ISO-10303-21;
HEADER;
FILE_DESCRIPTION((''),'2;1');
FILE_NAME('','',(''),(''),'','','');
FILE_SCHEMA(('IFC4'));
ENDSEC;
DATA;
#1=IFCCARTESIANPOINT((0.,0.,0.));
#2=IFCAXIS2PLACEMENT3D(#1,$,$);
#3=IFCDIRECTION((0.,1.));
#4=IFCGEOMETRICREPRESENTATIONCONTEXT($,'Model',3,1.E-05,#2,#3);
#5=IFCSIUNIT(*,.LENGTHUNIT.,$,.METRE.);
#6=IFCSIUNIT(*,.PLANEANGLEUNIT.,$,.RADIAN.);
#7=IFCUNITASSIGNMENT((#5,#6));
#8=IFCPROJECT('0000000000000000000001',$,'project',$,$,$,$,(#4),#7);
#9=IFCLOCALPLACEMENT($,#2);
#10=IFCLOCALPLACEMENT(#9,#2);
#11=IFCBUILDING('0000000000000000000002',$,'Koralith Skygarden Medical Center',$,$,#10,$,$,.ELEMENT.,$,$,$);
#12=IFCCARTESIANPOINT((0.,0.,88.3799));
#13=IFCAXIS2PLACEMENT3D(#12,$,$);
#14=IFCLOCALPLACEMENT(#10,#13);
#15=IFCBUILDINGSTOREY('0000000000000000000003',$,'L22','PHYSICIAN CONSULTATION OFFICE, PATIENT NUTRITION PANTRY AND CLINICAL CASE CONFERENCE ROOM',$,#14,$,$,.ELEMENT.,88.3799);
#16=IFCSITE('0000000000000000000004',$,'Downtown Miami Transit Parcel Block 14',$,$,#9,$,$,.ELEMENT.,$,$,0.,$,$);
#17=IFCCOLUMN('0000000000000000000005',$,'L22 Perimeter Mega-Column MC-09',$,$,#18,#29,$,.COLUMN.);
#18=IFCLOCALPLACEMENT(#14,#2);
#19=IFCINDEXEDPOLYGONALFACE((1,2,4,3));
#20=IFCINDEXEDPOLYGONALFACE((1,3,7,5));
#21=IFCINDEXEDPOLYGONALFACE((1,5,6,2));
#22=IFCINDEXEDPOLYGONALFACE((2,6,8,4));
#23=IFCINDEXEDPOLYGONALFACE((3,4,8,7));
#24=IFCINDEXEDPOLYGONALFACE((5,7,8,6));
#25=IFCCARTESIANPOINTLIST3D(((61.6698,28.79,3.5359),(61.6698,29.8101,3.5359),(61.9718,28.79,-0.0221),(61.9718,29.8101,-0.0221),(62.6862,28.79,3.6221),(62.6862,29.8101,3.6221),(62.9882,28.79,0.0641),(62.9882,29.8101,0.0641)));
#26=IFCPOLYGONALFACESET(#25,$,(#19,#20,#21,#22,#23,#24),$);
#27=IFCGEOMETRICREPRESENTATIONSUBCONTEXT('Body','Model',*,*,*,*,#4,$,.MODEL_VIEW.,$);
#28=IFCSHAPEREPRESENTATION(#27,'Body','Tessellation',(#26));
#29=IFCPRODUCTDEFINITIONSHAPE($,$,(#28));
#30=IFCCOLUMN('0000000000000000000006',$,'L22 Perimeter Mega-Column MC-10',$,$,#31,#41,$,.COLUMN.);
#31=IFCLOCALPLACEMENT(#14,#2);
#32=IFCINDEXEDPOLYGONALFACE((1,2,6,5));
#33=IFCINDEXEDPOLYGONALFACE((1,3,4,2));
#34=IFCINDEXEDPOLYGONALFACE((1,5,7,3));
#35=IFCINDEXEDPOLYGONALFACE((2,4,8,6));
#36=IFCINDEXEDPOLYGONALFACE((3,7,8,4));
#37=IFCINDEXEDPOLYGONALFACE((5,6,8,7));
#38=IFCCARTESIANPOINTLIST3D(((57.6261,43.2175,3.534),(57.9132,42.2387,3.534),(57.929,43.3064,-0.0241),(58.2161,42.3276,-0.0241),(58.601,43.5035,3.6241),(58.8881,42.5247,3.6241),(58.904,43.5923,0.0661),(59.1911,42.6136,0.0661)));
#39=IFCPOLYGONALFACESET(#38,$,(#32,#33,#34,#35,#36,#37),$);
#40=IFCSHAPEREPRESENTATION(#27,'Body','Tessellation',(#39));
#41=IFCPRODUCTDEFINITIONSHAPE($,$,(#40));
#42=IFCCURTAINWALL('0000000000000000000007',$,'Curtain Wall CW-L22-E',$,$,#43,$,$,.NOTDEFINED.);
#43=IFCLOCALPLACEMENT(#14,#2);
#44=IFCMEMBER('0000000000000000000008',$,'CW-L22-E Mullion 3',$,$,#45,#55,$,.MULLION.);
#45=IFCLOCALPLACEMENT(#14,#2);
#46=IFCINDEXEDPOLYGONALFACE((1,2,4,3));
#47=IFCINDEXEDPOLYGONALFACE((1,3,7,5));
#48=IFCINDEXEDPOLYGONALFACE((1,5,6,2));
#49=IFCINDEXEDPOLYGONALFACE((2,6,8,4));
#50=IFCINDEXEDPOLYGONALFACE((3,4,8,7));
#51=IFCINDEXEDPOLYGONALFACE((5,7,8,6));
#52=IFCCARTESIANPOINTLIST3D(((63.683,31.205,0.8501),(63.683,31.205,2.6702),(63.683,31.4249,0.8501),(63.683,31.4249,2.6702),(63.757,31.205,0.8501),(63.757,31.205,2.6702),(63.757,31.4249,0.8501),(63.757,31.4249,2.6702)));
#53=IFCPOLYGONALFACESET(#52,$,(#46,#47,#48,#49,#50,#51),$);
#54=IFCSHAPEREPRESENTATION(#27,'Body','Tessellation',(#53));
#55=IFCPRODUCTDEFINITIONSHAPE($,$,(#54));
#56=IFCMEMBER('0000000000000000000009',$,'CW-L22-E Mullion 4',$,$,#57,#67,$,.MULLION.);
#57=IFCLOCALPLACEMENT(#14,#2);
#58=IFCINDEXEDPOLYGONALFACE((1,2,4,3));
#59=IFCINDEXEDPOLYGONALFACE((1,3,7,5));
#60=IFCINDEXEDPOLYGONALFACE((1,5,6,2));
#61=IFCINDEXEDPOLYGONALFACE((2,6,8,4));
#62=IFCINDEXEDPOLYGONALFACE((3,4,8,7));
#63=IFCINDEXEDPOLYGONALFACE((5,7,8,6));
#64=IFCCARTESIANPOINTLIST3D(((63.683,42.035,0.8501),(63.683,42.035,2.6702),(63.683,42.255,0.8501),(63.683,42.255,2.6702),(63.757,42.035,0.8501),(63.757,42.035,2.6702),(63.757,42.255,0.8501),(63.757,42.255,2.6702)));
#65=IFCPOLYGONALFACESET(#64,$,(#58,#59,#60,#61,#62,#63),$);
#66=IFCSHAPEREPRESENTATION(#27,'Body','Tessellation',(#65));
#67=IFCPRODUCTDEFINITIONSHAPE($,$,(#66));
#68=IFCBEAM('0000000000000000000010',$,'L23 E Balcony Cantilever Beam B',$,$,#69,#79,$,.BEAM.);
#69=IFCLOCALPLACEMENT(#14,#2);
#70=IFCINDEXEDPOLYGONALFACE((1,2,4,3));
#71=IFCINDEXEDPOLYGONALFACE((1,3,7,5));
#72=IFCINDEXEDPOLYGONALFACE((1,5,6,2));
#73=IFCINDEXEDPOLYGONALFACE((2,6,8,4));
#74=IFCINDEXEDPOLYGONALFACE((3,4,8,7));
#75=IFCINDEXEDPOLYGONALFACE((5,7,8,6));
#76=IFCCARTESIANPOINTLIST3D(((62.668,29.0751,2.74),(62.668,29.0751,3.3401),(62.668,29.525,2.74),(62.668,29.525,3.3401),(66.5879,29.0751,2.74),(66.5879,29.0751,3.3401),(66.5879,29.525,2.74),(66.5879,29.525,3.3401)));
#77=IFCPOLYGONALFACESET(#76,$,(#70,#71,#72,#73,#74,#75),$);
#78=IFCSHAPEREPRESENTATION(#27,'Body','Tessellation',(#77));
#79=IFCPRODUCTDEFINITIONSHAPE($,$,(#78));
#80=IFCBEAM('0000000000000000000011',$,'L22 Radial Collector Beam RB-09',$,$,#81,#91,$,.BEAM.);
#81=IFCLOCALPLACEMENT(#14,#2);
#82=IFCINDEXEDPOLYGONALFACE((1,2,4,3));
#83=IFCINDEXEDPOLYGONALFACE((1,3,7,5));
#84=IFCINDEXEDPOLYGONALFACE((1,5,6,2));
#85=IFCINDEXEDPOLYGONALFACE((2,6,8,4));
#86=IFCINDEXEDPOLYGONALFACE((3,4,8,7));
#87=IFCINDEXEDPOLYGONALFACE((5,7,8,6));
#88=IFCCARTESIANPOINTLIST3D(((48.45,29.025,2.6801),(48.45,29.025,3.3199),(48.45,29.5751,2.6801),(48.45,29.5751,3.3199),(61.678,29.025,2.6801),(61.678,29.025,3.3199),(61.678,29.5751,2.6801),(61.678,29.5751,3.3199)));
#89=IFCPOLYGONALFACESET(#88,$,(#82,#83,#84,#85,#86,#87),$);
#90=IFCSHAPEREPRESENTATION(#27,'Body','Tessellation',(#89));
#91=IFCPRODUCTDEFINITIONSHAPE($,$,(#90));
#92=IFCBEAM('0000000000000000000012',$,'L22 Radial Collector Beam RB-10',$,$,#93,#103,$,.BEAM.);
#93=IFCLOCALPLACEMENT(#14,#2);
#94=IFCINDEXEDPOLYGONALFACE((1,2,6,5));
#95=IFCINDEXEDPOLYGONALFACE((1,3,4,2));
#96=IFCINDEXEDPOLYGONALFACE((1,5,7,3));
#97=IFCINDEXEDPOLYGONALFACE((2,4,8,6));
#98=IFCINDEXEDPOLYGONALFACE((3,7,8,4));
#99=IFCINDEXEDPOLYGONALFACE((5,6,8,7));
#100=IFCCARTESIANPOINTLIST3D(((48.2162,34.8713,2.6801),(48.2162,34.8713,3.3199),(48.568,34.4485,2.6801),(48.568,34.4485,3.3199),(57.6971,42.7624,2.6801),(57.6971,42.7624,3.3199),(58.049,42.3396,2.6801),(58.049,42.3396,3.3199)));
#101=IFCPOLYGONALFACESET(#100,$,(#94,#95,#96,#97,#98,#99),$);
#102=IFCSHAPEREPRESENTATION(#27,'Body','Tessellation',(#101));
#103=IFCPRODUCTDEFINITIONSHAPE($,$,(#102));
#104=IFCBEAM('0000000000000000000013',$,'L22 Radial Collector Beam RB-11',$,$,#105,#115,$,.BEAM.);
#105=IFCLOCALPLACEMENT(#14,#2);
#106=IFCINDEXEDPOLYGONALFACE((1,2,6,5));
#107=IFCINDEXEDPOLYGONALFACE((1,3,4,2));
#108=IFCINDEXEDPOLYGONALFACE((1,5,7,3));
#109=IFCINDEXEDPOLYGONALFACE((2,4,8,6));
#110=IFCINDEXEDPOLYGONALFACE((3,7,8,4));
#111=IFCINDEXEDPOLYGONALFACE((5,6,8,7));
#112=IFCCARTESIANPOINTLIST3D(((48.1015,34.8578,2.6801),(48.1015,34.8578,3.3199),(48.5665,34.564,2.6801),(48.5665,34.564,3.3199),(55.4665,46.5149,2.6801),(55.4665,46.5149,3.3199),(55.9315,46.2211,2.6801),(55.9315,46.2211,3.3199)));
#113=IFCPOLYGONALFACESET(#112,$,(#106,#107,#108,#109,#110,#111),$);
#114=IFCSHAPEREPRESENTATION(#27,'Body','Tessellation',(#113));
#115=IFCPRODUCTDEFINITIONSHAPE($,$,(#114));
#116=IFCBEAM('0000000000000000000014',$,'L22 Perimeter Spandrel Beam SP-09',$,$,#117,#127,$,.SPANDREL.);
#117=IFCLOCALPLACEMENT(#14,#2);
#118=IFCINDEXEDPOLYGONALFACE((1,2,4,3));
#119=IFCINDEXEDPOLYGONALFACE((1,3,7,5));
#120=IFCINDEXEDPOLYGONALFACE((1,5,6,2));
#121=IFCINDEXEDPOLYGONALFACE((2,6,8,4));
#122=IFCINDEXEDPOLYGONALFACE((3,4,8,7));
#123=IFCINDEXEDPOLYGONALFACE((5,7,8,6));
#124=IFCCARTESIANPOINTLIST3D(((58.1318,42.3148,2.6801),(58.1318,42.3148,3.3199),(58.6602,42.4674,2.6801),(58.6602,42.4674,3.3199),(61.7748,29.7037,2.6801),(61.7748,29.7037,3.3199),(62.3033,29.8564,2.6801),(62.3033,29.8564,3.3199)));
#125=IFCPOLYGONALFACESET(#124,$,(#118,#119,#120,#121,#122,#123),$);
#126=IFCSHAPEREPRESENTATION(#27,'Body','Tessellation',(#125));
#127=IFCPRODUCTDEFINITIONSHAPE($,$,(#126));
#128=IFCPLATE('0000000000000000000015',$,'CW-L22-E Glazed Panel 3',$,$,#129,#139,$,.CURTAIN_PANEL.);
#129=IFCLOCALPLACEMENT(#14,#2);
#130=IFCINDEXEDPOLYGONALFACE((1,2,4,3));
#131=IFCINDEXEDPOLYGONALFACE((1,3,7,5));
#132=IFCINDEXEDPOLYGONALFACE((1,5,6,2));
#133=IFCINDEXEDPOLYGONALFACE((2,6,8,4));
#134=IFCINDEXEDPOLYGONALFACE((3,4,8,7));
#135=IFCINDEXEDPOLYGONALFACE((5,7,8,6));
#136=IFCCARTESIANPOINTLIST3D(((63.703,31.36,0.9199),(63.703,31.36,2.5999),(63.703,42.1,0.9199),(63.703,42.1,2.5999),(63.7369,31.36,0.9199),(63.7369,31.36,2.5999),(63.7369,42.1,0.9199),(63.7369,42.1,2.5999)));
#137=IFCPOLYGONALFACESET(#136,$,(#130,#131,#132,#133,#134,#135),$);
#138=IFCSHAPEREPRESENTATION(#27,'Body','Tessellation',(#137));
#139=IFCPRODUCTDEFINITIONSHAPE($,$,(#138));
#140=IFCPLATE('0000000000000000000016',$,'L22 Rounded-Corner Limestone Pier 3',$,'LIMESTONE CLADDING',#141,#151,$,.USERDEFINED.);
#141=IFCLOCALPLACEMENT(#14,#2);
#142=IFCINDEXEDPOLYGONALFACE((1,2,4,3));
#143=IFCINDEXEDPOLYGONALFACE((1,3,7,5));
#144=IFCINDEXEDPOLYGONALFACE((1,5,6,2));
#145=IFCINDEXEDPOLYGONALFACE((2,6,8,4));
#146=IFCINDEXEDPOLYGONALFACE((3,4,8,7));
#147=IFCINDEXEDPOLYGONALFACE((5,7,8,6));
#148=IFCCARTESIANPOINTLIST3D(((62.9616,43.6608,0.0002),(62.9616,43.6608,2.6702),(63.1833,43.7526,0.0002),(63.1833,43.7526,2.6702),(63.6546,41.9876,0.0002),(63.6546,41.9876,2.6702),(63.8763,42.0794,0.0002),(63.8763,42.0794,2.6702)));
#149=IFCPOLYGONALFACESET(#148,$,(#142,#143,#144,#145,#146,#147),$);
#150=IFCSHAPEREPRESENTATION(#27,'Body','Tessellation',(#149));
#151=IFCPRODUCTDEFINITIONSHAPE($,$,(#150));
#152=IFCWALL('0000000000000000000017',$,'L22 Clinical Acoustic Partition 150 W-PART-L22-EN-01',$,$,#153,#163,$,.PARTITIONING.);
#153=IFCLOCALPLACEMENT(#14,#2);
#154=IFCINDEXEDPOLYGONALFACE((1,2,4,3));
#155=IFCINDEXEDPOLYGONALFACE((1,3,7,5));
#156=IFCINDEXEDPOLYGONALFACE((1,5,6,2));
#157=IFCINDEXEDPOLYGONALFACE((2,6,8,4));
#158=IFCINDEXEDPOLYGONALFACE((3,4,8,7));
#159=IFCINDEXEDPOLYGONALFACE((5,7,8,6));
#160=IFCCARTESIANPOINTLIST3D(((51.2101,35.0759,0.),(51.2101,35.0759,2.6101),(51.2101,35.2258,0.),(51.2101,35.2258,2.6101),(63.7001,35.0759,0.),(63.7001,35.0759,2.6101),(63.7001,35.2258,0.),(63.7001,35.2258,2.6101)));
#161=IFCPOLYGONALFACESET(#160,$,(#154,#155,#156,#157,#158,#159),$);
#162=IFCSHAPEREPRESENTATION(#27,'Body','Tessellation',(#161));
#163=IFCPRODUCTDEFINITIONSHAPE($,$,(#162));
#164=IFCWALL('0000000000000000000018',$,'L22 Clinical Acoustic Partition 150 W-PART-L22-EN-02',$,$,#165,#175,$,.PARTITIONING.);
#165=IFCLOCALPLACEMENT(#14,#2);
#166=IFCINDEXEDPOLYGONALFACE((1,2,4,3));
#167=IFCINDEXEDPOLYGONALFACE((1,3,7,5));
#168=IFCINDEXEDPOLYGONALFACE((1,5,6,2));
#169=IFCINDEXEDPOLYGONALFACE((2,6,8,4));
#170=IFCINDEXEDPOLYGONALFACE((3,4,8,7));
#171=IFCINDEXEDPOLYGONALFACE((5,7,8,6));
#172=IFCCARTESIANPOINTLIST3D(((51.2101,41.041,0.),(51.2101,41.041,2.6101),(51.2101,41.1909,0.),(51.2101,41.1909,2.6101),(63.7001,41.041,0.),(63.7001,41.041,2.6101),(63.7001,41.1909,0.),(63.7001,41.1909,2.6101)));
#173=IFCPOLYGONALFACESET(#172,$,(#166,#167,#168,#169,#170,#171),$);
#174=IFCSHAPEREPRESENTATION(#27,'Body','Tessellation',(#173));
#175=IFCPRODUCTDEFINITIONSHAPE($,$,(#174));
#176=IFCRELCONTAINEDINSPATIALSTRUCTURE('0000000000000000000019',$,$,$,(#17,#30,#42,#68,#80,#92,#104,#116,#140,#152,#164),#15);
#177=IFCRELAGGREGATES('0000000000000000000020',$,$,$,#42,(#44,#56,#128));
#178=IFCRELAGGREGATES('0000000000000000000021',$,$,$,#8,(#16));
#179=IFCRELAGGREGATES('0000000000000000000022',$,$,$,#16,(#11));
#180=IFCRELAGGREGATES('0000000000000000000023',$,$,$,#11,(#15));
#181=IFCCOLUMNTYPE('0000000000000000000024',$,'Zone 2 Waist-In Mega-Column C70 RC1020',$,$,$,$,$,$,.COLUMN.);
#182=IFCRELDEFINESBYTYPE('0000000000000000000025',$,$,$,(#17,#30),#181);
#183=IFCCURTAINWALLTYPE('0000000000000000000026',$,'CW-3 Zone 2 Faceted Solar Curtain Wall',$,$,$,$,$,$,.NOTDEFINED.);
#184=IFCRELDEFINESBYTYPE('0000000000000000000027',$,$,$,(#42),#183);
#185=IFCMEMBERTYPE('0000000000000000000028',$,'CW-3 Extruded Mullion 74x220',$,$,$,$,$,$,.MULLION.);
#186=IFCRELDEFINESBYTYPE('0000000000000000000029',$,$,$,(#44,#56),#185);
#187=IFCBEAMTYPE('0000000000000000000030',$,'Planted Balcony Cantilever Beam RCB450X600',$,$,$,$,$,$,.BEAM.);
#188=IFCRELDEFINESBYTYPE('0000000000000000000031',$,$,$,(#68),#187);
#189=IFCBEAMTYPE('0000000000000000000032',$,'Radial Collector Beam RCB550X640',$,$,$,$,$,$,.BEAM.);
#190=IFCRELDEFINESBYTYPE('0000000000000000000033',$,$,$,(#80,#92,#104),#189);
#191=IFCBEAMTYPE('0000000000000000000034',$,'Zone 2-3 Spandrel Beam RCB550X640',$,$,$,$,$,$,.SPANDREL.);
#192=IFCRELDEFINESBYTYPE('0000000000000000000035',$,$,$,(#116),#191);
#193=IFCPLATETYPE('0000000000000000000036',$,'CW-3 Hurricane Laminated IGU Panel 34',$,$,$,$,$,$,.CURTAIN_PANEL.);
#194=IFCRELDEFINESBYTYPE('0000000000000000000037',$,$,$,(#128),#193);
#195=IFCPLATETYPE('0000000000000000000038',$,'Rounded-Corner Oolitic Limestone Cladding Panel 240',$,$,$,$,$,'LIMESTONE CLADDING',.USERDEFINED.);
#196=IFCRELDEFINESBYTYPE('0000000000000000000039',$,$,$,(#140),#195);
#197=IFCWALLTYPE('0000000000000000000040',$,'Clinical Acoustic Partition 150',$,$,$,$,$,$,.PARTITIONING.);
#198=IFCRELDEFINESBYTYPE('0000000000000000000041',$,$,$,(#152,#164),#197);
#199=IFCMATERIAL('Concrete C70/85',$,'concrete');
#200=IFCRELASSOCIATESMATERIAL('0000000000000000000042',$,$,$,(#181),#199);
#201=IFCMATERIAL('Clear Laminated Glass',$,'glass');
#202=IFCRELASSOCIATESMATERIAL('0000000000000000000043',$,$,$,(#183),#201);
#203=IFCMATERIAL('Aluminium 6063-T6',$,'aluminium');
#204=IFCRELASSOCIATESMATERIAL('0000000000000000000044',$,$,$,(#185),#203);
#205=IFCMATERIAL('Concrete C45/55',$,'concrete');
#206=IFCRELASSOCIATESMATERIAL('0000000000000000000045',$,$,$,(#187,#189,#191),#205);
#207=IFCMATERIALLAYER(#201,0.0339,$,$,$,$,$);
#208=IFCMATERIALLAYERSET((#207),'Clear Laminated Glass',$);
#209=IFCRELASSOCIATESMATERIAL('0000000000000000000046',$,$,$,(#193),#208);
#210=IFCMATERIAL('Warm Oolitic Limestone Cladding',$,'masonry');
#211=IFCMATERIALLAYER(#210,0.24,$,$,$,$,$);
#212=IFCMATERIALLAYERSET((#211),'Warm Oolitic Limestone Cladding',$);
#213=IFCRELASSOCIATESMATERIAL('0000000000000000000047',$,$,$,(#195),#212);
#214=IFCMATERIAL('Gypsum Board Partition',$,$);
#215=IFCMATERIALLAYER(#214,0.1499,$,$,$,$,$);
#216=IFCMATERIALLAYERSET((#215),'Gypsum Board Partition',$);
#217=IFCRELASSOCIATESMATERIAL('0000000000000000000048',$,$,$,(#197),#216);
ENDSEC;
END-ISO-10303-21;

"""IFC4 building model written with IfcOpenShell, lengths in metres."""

from ifc_helpers import new_model, si_unit, direction, frame, frame_2d, origin, origin_2d, place, context, subcontext, project, spatial, rectangle, extrude, material, layer, layer_set, material_profile, profile_set, type_object, element, aggregate, save


model = new_model("IFC4")

# Units and contexts
model_context = context("Model", 3, precision=1e-05, world=origin(), true_north=direction((0.0, 1.0)))
body_context = subcontext(model_context, "Body", "Model", "MODEL_VIEW")
ifc_project = project(units=[si_unit("LENGTHUNIT", "METRE"), si_unit("PLANEANGLEUNIT", "RADIAN")], contexts=[model_context])

# Site, building, storey
site_placement = place(None, origin())
site = spatial("IfcSite", under=ifc_project, at=site_placement, Name="Downtown Miami Transit Parcel Block 14", CompositionType="ELEMENT", RefElevation=0.0)
building_placement = place(site_placement, origin())
building = spatial("IfcBuilding", under=site, at=building_placement, Name="Koralith Skygarden Medical Center", CompositionType="ELEMENT")
storey_placement = place(building_placement, frame((0.0, 0.0, 88.3799)))
storey = spatial("IfcBuildingStorey", under=building, at=storey_placement, Name="L22", Description="PHYSICIAN CONSULTATION OFFICE, PATIENT NUTRITION PANTRY AND CLINICAL CASE CONFERENCE ROOM", CompositionType="ELEMENT", Elevation=88.3799)

# Columns
ifc_material_1 = material(Name="Concrete C70/85", Category="concrete")
ifc_material_profile_1 = material_profile(ifc_material_1, rectangle(XDim=1.02, YDim=1.02, at=origin_2d()), Name="RC1020X1020")
ifc_profile_set_1 = profile_set([ifc_material_profile_1], Name="Concrete C70/85")
column_type = type_object("IfcColumnType", Name="Zone 2 Waist-In Mega-Column C70 RC1020", PredefinedType="COLUMN", material=ifc_profile_set_1)
column_1_placement = place(storey_placement, frame((62.48, 29.3, 0.021), z_axis=(-0.084573, 0.0, 0.996417), x_axis=(0.0, -1.0, 0.0)))
element("IfcColumn", 1, at=column_1_placement, inside=storey, type_object=column_type, Name="L22 Perimeter Mega-Column MC-09", PredefinedType="COLUMN", context=body_context, shape_type="SweptSolid", body=[
    extrude(rectangle(XDim=1.02, YDim=1.02, at=origin_2d()), origin(), (0.0, 0.0, 1.0), 3.5708),
])
column_2_placement = place(storey_placement, frame((58.5601, 42.96, 0.021), z_axis=(-0.084818, -0.024878, 0.996086), x_axis=(0.281455, -0.959575, 0.0)))
element("IfcColumn", 2, at=column_2_placement, inside=storey, type_object=column_type, Name="L22 Perimeter Mega-Column MC-10", PredefinedType="COLUMN", context=body_context, shape_type="SweptSolid", body=[
    extrude(rectangle(XDim=1.02, YDim=1.02, at=origin_2d()), origin(), (0.0, 0.0, 1.0), 3.572),
])

# Curtain wall, members
ifc_material_2 = material(Name="Clear Laminated Glass", Category="glass")
curtain_wall_type = type_object("IfcCurtainWallType", Name="CW-3 Zone 2 Faceted Solar Curtain Wall", PredefinedType="NOTDEFINED", material=ifc_material_2)
curtain_wall_placement = place(storey_placement, origin())
curtain_wall = element("IfcCurtainWall", 3, at=curtain_wall_placement, inside=storey, type_object=curtain_wall_type, Name="Curtain Wall CW-L22-E", PredefinedType="NOTDEFINED")
ifc_material_3 = material(Name="Aluminium 6063-T6", Category="aluminium")
ifc_material_profile_2 = material_profile(ifc_material_3, rectangle(XDim=0.074, YDim=0.22, at=origin_2d()), Name="MUL74X220")
ifc_profile_set_2 = profile_set([ifc_material_profile_2], Name="Aluminium 6063-T6")
member_type = type_object("IfcMemberType", Name="CW-3 Extruded Mullion 74x220", PredefinedType="MULLION", material=ifc_profile_set_2)
member_1_placement = place(storey_placement, frame((63.72, 31.3149, 0.8501), z_axis=(0.0, 0.0, 1.0), x_axis=(1.0, 0.0, 0.0)))
member_1 = element("IfcMember", 4, at=member_1_placement, type_object=member_type, Name="CW-L22-E Mullion 3", PredefinedType="MULLION", context=body_context, shape_type="SweptSolid", body=[
    extrude(rectangle(XDim=0.074, YDim=0.22, at=origin_2d()), origin(), (0.0, 0.0, 1.0), 1.8201),
])
member_2_placement = place(storey_placement, frame((63.72, 42.145, 0.8501), z_axis=(0.0, 0.0, 1.0), x_axis=(1.0, 0.0, 0.0)))
member_2 = element("IfcMember", 5, at=member_2_placement, type_object=member_type, Name="CW-L22-E Mullion 4", PredefinedType="MULLION", context=body_context, shape_type="SweptSolid", body=[
    extrude(rectangle(XDim=0.074, YDim=0.22, at=origin_2d()), origin(), (0.0, 0.0, 1.0), 1.8201),
])

# Beams
ifc_material_4 = material(Name="Concrete C45/55", Category="concrete")
ifc_material_profile_3 = material_profile(ifc_material_4, rectangle(XDim=0.45, YDim=0.6001, at=origin_2d()), Name="RCB450X600")
ifc_profile_set_3 = profile_set([ifc_material_profile_3], Name="Concrete C45/55")
beam_type_1 = type_object("IfcBeamType", Name="Planted Balcony Cantilever Beam RCB450X600", PredefinedType="BEAM", material=ifc_profile_set_3)
beam_1_placement = place(storey_placement, frame((62.668, 29.3, 3.04), z_axis=(1.0, 0.0, 0.0), x_axis=(0.0, 1.0, 0.0)))
element("IfcBeam", 6, at=beam_1_placement, inside=storey, type_object=beam_type_1, Name="L23 E Balcony Cantilever Beam B", PredefinedType="BEAM", context=body_context, shape_type="SweptSolid", body=[
    extrude(rectangle(XDim=0.45, YDim=0.6001, at=origin_2d()), origin(), (0.0, 0.0, 1.0), 3.9199),
])
ifc_material_profile_4 = material_profile(ifc_material_4, rectangle(XDim=0.55, YDim=0.6399, at=origin_2d()), Name="RCB550X640")
ifc_profile_set_4 = profile_set([ifc_material_profile_4], Name="Concrete C45/55")
beam_type_2 = type_object("IfcBeamType", Name="Radial Collector Beam RCB550X640", PredefinedType="BEAM", material=ifc_profile_set_4)
beam_2_placement = place(storey_placement, frame((48.45, 29.3, 3.0), z_axis=(1.0, 0.0, 0.0), x_axis=(0.0, 1.0, 0.0)))
element("IfcBeam", 7, at=beam_2_placement, inside=storey, type_object=beam_type_2, Name="L22 Radial Collector Beam RB-09", PredefinedType="BEAM", context=body_context, shape_type="SweptSolid", body=[
    extrude(rectangle(XDim=0.55, YDim=0.6399, at=origin_2d()), origin(), (0.0, 0.0, 1.0), 13.228),
])
beam_3_placement = place(storey_placement, frame((48.3921, 34.6599, 3.0), z_axis=(0.768607, 0.639721, 0.0), x_axis=(-0.639721, 0.768607, 0.0)))
element("IfcBeam", 8, at=beam_3_placement, inside=storey, type_object=beam_type_2, Name="L22 Radial Collector Beam RB-10", PredefinedType="BEAM", context=body_context, shape_type="SweptSolid", body=[
    extrude(rectangle(XDim=0.55, YDim=0.6399, at=origin_2d()), origin(), (0.0, 0.0, 1.0), 12.3352),
])
beam_4_placement = place(storey_placement, frame((48.334, 34.7109, 3.0), z_axis=(0.534132, 0.845401, 0.0), x_axis=(-0.845401, 0.534132, 0.0)))
element("IfcBeam", 9, at=beam_4_placement, inside=storey, type_object=beam_type_2, Name="L22 Radial Collector Beam RB-11", PredefinedType="BEAM", context=body_context, shape_type="SweptSolid", body=[
    extrude(rectangle(XDim=0.55, YDim=0.6399, at=origin_2d()), origin(), (0.0, 0.0, 1.0), 13.7888),
])
ifc_material_profile_5 = material_profile(ifc_material_4, rectangle(XDim=0.55, YDim=0.6399, at=origin_2d()), Name="RCB550X640")
ifc_profile_set_5 = profile_set([ifc_material_profile_5], Name="Concrete C45/55")
beam_type_3 = type_object("IfcBeamType", Name="Zone 2-3 Spandrel Beam RCB550X640", PredefinedType="SPANDREL", material=ifc_profile_set_5)
beam_5_placement = place(storey_placement, frame((62.0391, 29.78, 3.0), z_axis=(-0.27753, 0.960717, 0.0), x_axis=(-0.960717, -0.27753, 0.0)))
element("IfcBeam", 10, at=beam_5_placement, inside=storey, type_object=beam_type_3, Name="L22 Perimeter Spandrel Beam SP-09", PredefinedType="SPANDREL", context=body_context, shape_type="SweptSolid", body=[
    extrude(rectangle(XDim=0.55, YDim=0.6399, at=origin_2d()), origin(), (0.0, 0.0, 1.0), 13.1267),
])

# Plates
ifc_layer_1 = layer(ifc_material_2, 0.0339)
ifc_layer_set_1 = layer_set([ifc_layer_1], Name="Clear Laminated Glass")
plate_type_1 = type_object("IfcPlateType", Name="CW-3 Hurricane Laminated IGU Panel 34", PredefinedType="CURTAIN_PANEL", material=ifc_layer_set_1)
plate_1_placement = place(storey_placement, frame((63.72, 36.73, 0.9199), z_axis=(0.0, 0.0, 1.0), x_axis=(0.0, 1.0, 0.0)))
plate_1 = element("IfcPlate", 11, at=plate_1_placement, type_object=plate_type_1, Name="CW-L22-E Glazed Panel 3", PredefinedType="CURTAIN_PANEL", context=body_context, shape_type="SweptSolid", body=[
    extrude(rectangle(XDim=10.74, YDim=0.0339, at=origin_2d()), origin(), (0.0, 0.0, 1.0), 1.6799),
])
aggregate(curtain_wall, [member_1, member_2, plate_1])
ifc_material_5 = material(Name="Warm Oolitic Limestone Cladding", Category="masonry")
ifc_layer_2 = layer(ifc_material_5, 0.24)
ifc_layer_set_2 = layer_set([ifc_layer_2], Name="Warm Oolitic Limestone Cladding")
plate_type_2 = type_object("IfcPlateType", Name="Rounded-Corner Oolitic Limestone Cladding Panel 240", ElementType="LIMESTONE CLADDING", PredefinedType="USERDEFINED", material=ifc_layer_set_2)
plate_2_placement = place(storey_placement, frame((63.4189, 42.8701, 0.0002), z_axis=(0.0, 0.0, 1.0), x_axis=(-0.382671, 0.923885, 0.0)))
element("IfcPlate", 12, at=plate_2_placement, inside=storey, type_object=plate_type_2, Name="L22 Rounded-Corner Limestone Pier 3", ObjectType="LIMESTONE CLADDING", PredefinedType="USERDEFINED", context=body_context, shape_type="SweptSolid", body=[
    extrude(rectangle(XDim=1.811, YDim=0.24, at=origin_2d()), origin(), (0.0, 0.0, 1.0), 2.6699),
])

# Walls
ifc_material_6 = material(Name="Gypsum Board Partition")
ifc_layer_3 = layer(ifc_material_6, 0.1499)
ifc_layer_set_3 = layer_set([ifc_layer_3], Name="Gypsum Board Partition")
wall_type_1 = type_object("IfcWallType", Name="Clinical Acoustic Partition 150", PredefinedType="PARTITIONING", material=ifc_layer_set_3)
for number, where, z_axis, x_axis, name in (
    (13, (51.21, 35.1509, 0.0), (0.0, 0.0, 1.0), (1.0, 0.0, 0.0), "L22 Clinical Acoustic Partition 150 W-PART-L22-EN-01"),
    (14, (51.21, 41.116, 0.0), (0.0, 0.0, 1.0), (1.0, 0.0, 0.0), "L22 Clinical Acoustic Partition 150 W-PART-L22-EN-02"),
):
    element("IfcWall", number, at=place(storey_placement, frame(where, z_axis=z_axis, x_axis=x_axis)), inside=storey, type_object=wall_type_1, Name=name, PredefinedType="PARTITIONING", context=body_context, shape_type="SweptSolid", body=[
        extrude(rectangle(XDim=12.49, YDim=0.1499, at=frame_2d((6.2451, 0.0))), origin(), (0.0, 0.0, 1.0), 2.6101),
    ])

save(model, "model.ifc")
